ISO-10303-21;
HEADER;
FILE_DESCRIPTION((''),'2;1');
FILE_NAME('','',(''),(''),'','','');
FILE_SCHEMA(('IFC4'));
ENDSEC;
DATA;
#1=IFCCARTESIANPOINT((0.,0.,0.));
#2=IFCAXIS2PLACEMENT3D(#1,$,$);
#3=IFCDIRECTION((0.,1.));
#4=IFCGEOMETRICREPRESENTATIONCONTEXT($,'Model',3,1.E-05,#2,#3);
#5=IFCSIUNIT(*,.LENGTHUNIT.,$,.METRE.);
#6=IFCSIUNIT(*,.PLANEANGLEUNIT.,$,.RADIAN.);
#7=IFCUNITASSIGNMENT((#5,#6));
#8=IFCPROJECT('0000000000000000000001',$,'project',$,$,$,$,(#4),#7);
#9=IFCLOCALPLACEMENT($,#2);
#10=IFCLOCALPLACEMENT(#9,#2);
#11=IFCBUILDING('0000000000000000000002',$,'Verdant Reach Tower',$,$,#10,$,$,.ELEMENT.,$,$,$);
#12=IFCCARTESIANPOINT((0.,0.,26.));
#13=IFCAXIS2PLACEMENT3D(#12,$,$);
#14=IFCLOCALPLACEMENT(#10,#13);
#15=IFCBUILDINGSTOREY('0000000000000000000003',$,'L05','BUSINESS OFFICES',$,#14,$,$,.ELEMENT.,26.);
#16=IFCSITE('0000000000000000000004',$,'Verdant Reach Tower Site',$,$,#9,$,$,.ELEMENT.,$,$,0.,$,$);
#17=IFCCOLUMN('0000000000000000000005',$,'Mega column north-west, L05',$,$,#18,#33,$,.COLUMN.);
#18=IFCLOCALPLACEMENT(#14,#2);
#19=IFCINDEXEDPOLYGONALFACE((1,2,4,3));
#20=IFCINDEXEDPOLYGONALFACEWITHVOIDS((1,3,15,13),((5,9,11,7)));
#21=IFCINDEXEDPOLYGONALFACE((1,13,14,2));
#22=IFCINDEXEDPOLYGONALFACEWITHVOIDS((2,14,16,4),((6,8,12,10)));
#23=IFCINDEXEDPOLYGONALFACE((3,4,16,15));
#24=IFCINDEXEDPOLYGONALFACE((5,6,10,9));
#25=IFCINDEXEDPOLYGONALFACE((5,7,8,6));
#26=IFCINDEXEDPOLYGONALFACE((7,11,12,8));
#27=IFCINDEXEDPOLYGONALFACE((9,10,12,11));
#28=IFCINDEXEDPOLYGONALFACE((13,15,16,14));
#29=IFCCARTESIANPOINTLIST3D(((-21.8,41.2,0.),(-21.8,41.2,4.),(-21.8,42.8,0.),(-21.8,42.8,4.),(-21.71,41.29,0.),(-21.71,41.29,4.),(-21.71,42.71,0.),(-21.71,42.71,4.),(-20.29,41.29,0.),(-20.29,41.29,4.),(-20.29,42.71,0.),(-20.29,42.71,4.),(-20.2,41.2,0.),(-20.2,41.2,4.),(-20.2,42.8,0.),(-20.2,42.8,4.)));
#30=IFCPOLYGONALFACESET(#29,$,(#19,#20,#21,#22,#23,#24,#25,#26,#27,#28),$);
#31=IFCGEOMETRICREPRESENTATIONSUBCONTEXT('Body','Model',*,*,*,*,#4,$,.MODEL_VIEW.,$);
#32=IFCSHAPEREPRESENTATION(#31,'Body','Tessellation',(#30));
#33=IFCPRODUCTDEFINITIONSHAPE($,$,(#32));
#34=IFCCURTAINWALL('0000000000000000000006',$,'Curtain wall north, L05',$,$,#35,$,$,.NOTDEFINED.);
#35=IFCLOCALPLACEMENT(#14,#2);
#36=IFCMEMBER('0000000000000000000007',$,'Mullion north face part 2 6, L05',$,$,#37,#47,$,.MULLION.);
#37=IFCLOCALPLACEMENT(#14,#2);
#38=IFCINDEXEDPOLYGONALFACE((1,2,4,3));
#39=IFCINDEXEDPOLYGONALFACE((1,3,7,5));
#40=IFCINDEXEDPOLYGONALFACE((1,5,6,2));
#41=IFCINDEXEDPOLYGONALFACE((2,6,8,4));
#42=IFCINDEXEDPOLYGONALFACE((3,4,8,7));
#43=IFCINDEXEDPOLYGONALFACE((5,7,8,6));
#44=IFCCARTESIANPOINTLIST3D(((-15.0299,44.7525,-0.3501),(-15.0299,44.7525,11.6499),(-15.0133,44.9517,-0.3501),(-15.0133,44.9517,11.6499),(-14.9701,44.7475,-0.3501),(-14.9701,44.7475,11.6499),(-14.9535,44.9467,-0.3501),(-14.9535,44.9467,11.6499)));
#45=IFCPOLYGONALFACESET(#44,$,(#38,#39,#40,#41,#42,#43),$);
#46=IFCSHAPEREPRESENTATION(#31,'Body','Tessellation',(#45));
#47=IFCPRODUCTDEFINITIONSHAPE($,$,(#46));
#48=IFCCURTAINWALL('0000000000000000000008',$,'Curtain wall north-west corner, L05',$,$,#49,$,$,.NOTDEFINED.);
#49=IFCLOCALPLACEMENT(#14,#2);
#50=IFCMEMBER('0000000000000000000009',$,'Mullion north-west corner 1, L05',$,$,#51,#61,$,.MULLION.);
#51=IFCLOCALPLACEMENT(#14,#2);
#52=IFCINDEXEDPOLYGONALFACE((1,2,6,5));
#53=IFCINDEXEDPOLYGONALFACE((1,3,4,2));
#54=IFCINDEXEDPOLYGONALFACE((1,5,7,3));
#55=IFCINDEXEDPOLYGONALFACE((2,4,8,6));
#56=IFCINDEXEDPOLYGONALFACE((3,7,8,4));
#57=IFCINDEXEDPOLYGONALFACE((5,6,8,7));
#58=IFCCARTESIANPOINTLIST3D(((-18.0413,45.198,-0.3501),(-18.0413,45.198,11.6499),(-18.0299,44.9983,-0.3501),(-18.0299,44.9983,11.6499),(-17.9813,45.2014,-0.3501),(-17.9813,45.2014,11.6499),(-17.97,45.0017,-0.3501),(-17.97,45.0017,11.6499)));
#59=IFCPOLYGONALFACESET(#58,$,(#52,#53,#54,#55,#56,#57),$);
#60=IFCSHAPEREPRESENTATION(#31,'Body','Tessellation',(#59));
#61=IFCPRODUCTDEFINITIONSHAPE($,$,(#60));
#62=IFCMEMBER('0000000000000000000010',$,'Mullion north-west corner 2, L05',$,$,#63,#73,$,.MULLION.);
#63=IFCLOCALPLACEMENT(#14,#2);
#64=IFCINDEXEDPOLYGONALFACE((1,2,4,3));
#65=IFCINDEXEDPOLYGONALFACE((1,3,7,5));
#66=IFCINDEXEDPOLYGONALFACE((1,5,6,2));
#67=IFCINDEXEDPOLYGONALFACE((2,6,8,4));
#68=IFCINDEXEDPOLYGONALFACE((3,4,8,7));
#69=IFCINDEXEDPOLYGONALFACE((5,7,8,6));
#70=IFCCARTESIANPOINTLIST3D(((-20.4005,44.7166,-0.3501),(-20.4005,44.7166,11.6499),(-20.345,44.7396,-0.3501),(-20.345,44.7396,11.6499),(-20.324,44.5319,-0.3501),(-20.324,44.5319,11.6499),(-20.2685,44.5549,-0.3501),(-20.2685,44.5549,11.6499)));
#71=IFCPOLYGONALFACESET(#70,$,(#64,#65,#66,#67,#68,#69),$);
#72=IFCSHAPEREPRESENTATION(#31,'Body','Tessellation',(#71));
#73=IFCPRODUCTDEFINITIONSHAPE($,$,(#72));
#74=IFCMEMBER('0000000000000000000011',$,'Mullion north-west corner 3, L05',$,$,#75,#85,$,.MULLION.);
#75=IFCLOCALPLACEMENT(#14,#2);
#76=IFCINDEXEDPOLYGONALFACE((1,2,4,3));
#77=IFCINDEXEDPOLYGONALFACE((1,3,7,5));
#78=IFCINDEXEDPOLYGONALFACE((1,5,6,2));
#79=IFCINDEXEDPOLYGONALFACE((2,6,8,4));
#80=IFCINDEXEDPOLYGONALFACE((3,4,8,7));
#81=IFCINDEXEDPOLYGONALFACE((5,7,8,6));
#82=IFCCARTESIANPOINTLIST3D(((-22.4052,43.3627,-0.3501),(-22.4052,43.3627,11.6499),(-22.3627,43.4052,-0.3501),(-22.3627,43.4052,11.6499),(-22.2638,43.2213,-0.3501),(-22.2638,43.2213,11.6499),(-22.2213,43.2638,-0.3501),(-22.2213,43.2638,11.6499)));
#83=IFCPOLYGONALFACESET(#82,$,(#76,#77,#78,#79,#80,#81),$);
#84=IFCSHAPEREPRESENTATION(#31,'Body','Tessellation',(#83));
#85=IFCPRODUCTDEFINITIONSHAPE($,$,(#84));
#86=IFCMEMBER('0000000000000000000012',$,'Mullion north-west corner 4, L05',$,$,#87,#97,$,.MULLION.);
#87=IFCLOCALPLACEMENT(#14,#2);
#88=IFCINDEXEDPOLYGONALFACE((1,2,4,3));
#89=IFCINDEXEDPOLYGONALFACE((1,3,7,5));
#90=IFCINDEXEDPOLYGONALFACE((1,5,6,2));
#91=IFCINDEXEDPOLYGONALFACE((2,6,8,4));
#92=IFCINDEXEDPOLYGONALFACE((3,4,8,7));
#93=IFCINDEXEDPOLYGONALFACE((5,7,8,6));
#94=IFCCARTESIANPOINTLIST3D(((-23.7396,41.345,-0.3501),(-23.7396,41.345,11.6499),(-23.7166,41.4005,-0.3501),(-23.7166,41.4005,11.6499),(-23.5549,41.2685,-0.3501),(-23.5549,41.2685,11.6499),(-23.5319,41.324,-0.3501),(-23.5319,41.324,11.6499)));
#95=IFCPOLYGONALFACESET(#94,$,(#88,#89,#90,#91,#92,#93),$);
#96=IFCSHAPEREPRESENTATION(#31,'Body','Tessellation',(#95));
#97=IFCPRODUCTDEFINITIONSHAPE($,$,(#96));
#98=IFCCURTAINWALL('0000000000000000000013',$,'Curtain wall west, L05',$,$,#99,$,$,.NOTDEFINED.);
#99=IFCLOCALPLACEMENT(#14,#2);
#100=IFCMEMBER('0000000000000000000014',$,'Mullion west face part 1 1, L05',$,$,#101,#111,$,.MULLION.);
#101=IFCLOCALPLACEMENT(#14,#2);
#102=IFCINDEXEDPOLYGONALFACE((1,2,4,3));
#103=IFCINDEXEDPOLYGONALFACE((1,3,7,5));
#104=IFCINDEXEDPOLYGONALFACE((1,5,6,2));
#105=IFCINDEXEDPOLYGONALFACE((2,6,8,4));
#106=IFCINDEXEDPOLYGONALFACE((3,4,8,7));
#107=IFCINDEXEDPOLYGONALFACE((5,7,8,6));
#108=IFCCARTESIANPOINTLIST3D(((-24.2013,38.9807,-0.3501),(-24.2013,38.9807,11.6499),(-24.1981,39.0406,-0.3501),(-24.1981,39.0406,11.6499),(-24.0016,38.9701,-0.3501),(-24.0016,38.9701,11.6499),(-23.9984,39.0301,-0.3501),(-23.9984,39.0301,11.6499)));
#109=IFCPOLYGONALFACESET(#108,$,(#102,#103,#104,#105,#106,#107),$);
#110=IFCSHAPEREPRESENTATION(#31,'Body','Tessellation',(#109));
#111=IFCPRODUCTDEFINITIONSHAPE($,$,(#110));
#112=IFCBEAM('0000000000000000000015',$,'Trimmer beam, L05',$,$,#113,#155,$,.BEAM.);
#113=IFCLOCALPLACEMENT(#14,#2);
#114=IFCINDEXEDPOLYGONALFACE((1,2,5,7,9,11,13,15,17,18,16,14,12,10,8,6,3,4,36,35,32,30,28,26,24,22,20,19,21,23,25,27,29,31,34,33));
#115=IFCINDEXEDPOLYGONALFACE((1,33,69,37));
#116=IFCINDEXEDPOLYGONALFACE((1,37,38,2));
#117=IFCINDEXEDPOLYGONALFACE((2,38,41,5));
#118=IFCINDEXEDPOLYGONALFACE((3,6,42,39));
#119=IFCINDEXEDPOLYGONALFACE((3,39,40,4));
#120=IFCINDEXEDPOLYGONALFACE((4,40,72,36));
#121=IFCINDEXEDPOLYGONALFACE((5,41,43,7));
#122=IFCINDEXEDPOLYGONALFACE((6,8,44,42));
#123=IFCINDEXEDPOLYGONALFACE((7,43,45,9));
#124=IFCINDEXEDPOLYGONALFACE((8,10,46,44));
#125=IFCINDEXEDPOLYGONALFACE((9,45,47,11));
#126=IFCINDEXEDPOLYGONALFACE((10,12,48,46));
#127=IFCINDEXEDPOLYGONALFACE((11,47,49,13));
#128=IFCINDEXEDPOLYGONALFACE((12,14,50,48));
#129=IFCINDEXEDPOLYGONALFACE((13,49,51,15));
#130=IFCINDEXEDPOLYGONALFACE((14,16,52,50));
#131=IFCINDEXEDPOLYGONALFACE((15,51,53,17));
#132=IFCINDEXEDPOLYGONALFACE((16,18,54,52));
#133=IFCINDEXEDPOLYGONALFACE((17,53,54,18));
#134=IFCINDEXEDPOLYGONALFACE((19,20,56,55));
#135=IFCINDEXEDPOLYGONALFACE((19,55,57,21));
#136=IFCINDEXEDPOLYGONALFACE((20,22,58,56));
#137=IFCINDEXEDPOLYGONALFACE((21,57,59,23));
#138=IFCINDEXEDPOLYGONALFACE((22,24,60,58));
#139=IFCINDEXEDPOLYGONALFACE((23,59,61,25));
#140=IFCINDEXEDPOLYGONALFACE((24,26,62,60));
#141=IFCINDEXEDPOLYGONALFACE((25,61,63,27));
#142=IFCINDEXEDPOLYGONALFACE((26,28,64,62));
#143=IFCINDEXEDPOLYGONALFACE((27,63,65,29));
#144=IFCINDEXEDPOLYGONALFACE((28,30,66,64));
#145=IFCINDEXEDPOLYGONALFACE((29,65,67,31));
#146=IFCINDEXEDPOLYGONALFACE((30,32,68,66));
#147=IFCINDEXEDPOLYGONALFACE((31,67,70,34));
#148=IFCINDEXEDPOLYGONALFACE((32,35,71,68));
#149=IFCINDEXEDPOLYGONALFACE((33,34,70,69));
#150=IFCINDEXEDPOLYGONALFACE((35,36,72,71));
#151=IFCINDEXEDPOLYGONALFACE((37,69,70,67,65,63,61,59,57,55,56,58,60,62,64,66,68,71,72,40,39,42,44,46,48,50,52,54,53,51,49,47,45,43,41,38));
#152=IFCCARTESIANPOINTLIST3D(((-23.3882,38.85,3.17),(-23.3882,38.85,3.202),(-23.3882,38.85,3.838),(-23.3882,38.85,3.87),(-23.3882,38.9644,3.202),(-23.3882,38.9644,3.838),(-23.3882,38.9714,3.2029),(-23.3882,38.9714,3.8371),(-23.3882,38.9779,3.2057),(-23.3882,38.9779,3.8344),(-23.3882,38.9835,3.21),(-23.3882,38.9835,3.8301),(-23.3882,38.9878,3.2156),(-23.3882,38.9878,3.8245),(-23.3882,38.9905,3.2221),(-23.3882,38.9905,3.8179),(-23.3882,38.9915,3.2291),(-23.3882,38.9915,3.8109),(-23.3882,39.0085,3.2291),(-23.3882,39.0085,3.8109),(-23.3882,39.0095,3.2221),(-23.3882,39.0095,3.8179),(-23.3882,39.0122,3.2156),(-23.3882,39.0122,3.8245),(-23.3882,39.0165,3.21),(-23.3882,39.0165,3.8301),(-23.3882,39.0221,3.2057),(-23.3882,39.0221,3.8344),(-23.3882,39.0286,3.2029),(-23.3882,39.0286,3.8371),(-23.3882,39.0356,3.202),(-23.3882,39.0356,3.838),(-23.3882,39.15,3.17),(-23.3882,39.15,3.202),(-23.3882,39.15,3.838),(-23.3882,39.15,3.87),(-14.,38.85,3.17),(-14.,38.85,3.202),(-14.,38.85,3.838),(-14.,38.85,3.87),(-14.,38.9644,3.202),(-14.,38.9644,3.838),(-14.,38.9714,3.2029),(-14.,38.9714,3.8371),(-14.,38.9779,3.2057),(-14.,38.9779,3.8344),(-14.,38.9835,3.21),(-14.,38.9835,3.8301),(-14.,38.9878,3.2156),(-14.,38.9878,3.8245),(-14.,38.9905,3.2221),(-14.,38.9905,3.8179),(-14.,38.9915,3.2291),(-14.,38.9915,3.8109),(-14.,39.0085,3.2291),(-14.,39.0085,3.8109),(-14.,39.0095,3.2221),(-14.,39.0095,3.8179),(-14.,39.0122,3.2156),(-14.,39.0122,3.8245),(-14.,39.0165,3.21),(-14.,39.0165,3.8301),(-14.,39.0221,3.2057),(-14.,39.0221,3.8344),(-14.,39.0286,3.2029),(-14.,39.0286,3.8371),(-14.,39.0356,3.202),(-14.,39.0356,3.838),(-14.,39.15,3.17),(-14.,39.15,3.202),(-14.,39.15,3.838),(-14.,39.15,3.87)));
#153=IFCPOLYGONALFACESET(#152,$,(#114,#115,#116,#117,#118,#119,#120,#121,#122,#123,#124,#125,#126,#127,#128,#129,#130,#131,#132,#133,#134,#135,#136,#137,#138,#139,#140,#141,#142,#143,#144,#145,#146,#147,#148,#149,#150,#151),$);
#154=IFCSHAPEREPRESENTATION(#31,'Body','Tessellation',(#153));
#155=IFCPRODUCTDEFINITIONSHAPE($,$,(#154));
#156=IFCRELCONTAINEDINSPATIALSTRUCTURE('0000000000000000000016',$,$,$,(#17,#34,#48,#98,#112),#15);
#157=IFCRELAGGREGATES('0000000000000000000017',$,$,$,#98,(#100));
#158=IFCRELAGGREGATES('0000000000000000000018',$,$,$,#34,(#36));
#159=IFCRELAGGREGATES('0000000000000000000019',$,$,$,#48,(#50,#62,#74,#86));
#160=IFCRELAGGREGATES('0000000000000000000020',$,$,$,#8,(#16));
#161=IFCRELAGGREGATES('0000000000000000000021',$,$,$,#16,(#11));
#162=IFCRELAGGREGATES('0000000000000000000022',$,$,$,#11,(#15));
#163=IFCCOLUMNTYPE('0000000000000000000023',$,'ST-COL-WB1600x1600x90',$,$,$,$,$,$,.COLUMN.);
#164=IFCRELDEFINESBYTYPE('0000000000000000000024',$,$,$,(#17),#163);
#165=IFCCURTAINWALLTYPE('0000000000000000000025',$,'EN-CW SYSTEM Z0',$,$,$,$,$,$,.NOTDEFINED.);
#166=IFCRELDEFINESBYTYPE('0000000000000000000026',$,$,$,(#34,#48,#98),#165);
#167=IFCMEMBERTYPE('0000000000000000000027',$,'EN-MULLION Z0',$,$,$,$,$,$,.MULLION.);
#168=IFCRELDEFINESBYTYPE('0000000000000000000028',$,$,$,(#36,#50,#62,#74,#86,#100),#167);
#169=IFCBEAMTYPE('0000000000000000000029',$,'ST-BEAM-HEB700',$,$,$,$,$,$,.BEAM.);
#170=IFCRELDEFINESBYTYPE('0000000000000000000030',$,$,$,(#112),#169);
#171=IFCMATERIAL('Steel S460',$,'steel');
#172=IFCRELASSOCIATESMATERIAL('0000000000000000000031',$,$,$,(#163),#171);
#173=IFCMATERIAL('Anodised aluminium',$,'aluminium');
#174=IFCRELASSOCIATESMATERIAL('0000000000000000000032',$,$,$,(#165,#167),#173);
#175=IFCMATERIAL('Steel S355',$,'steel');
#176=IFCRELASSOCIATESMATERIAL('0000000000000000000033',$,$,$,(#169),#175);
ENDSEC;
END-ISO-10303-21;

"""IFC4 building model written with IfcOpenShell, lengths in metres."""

from ifc_helpers import new_model, si_unit, direction, frame, origin, origin_2d, place, context, subcontext, project, spatial, rectangle, hollow_rectangle, i_section, extrude, material, material_profile, profile_set, type_object, element, aggregate, save


model = new_model("IFC4")

# Units and contexts
model_context = context("Model", 3, precision=1e-05, world=origin(), true_north=direction((0.0, 1.0)))
body_context = subcontext(model_context, "Body", "Model", "MODEL_VIEW")
ifc_project = project(units=[si_unit("LENGTHUNIT", "METRE"), si_unit("PLANEANGLEUNIT", "RADIAN")], contexts=[model_context])

# Site, building, storey
site_placement = place(None, origin())
site = spatial("IfcSite", under=ifc_project, at=site_placement, Name="Verdant Reach Tower Site", CompositionType="ELEMENT", RefElevation=0.0)
building_placement = place(site_placement, origin())
building = spatial("IfcBuilding", under=site, at=building_placement, Name="Verdant Reach Tower", CompositionType="ELEMENT")
storey_placement = place(building_placement, frame((0.0, 0.0, 26.0)))
storey = spatial("IfcBuildingStorey", under=building, at=storey_placement, Name="L05", Description="BUSINESS OFFICES", CompositionType="ELEMENT", Elevation=26.0)

# Column
ifc_material_1 = material(Name="Steel S460", Category="steel")
ifc_material_profile_1 = material_profile(ifc_material_1, hollow_rectangle(XDim=1.6001, YDim=1.6001, WallThickness=0.0901, at=origin_2d()), Name="WB 1600x1600x90")
ifc_profile_set_1 = profile_set([ifc_material_profile_1], Name="Steel S460")
column_type = type_object("IfcColumnType", Name="ST-COL-WB1600x1600x90", PredefinedType="COLUMN", material=ifc_profile_set_1)
column_placement = place(storey_placement, frame((-21.0, 42.0, 0.0), z_axis=(0.0, 0.0, 1.0), x_axis=(1.0, 0.0, 0.0)))
element("IfcColumn", 1, at=column_placement, inside=storey, type_object=column_type, Name="Mega column north-west, L05", PredefinedType="COLUMN", context=body_context, shape_type="SweptSolid", body=[
    extrude(hollow_rectangle(XDim=1.6001, YDim=1.6001, WallThickness=0.0901, at=origin_2d()), origin(), (0.0, 0.0, 1.0), 4.0),
])

# Curtain wall, member
ifc_material_2 = material(Name="Anodised aluminium", Category="aluminium")
curtain_wall_type = type_object("IfcCurtainWallType", Name="EN-CW SYSTEM Z0", PredefinedType="NOTDEFINED", material=ifc_material_2)
curtain_wall_1_placement = place(storey_placement, origin())
curtain_wall_1 = element("IfcCurtainWall", 2, at=curtain_wall_1_placement, inside=storey, type_object=curtain_wall_type, Name="Curtain wall north, L05", PredefinedType="NOTDEFINED")
ifc_material_profile_2 = material_profile(ifc_material_2, rectangle(XDim=0.2, YDim=0.0601, at=origin_2d()), Name="Mullion 60x200")
ifc_profile_set_2 = profile_set([ifc_material_profile_2], Name="Anodised aluminium")
member_type = type_object("IfcMemberType", Name="EN-MULLION Z0", PredefinedType="MULLION", material=ifc_profile_set_2)
member_1_placement = place(storey_placement, frame((-14.9917, 44.8496, -0.3501), z_axis=(0.0, 0.0, 1.0), x_axis=(0.083045, 0.996546, 0.0)))
member_1 = element("IfcMember", 3, at=member_1_placement, type_object=member_type, Name="Mullion north face part 2 6, L05", PredefinedType="MULLION", context=body_context, shape_type="SweptSolid", body=[
    extrude(rectangle(XDim=0.2, YDim=0.0601, at=origin_2d()), origin(), (0.0, 0.0, 1.0), 12.0),
])

# Curtain wall, members
curtain_wall_2_placement = place(storey_placement, origin())
curtain_wall_2 = element("IfcCurtainWall", 4, at=curtain_wall_2_placement, inside=storey, type_object=curtain_wall_type, Name="Curtain wall north-west corner, L05", PredefinedType="NOTDEFINED")
member_2_placement = place(storey_placement, frame((-18.0056, 45.0999, -0.3501), z_axis=(0.0, 0.0, 1.0), x_axis=(-0.056569, 0.998399, 0.0)))
member_2 = element("IfcMember", 5, at=member_2_placement, type_object=member_type, Name="Mullion north-west corner 1, L05", PredefinedType="MULLION", context=body_context, shape_type="SweptSolid", body=[
    extrude(rectangle(XDim=0.2, YDim=0.0601, at=origin_2d()), origin(), (0.0, 0.0, 1.0), 12.0),
])
member_3_placement = place(storey_placement, frame((-20.3345, 44.6357, -0.3501), z_axis=(0.0, 0.0, 1.0), x_axis=(-0.382694, 0.923875, 0.0)))
member_3 = element("IfcMember", 6, at=member_3_placement, type_object=member_type, Name="Mullion north-west corner 2, L05", PredefinedType="MULLION", context=body_context, shape_type="SweptSolid", body=[
    extrude(rectangle(XDim=0.2, YDim=0.0601, at=origin_2d()), origin(), (0.0, 0.0, 1.0), 12.0),
])
member_4_placement = place(storey_placement, frame((-22.3132, 43.3132, -0.3501), z_axis=(0.0, 0.0, 1.0), x_axis=(-0.707107, 0.707107, 0.0)))
member_4 = element("IfcMember", 7, at=member_4_placement, type_object=member_type, Name="Mullion north-west corner 3, L05", PredefinedType="MULLION", context=body_context, shape_type="SweptSolid", body=[
    extrude(rectangle(XDim=0.2, YDim=0.0601, at=origin_2d()), origin(), (0.0, 0.0, 1.0), 12.0),
])
member_5_placement = place(storey_placement, frame((-23.6357, 41.3345, -0.3501), z_axis=(0.0, 0.0, 1.0), x_axis=(-0.923875, 0.382694, 0.0)))
member_5 = element("IfcMember", 8, at=member_5_placement, type_object=member_type, Name="Mullion north-west corner 4, L05", PredefinedType="MULLION", context=body_context, shape_type="SweptSolid", body=[
    extrude(rectangle(XDim=0.2, YDim=0.0601, at=origin_2d()), origin(), (0.0, 0.0, 1.0), 12.0),
])

# Curtain wall, member
curtain_wall_3_placement = place(storey_placement, origin())
curtain_wall_3 = element("IfcCurtainWall", 9, at=curtain_wall_3_placement, inside=storey, type_object=curtain_wall_type, Name="Curtain wall west, L05", PredefinedType="NOTDEFINED")
member_6_placement = place(storey_placement, frame((-24.0999, 39.0054, -0.3501), z_axis=(0.0, 0.0, 1.0), x_axis=(-0.998604, 0.052815, 0.0)))
member_6 = element("IfcMember", 10, at=member_6_placement, type_object=member_type, Name="Mullion west face part 1 1, L05", PredefinedType="MULLION", context=body_context, shape_type="SweptSolid", body=[
    extrude(rectangle(XDim=0.2, YDim=0.0601, at=origin_2d()), origin(), (0.0, 0.0, 1.0), 12.0),
])
aggregate(curtain_wall_3, [member_6])

# Beam
ifc_material_3 = material(Name="Steel S355", Category="steel")
ifc_material_profile_3 = material_profile(ifc_material_3, i_section(OverallWidth=0.3, OverallDepth=0.7, WebThickness=0.0171, FlangeThickness=0.032, FilletRadius=0.0271, at=origin_2d()), Name="HEB 700")
ifc_profile_set_3 = profile_set([ifc_material_profile_3], Name="Steel S355")
beam_type_1 = type_object("IfcBeamType", Name="ST-BEAM-HEB700", PredefinedType="BEAM", material=ifc_profile_set_3)
beam_1_placement = place(storey_placement, frame((-14.0, 39.0, 3.52), z_axis=(-1.0, 0.0, 0.0), x_axis=(0.0, -1.0, 0.0)))
element("IfcBeam", 11, at=beam_1_placement, inside=storey, type_object=beam_type_1, Name="Trimmer beam, L05", PredefinedType="BEAM", context=body_context, shape_type="SweptSolid", body=[
    extrude(i_section(OverallWidth=0.3, OverallDepth=0.7, WebThickness=0.0171, FlangeThickness=0.032, FilletRadius=0.0271, at=origin_2d()), origin(), (0.0, 0.0, 1.0), 9.3882),
])

aggregate(curtain_wall_1, [member_1])
aggregate(curtain_wall_2, [member_2, member_3, member_4, member_5])

save(model, "model.ifc")
